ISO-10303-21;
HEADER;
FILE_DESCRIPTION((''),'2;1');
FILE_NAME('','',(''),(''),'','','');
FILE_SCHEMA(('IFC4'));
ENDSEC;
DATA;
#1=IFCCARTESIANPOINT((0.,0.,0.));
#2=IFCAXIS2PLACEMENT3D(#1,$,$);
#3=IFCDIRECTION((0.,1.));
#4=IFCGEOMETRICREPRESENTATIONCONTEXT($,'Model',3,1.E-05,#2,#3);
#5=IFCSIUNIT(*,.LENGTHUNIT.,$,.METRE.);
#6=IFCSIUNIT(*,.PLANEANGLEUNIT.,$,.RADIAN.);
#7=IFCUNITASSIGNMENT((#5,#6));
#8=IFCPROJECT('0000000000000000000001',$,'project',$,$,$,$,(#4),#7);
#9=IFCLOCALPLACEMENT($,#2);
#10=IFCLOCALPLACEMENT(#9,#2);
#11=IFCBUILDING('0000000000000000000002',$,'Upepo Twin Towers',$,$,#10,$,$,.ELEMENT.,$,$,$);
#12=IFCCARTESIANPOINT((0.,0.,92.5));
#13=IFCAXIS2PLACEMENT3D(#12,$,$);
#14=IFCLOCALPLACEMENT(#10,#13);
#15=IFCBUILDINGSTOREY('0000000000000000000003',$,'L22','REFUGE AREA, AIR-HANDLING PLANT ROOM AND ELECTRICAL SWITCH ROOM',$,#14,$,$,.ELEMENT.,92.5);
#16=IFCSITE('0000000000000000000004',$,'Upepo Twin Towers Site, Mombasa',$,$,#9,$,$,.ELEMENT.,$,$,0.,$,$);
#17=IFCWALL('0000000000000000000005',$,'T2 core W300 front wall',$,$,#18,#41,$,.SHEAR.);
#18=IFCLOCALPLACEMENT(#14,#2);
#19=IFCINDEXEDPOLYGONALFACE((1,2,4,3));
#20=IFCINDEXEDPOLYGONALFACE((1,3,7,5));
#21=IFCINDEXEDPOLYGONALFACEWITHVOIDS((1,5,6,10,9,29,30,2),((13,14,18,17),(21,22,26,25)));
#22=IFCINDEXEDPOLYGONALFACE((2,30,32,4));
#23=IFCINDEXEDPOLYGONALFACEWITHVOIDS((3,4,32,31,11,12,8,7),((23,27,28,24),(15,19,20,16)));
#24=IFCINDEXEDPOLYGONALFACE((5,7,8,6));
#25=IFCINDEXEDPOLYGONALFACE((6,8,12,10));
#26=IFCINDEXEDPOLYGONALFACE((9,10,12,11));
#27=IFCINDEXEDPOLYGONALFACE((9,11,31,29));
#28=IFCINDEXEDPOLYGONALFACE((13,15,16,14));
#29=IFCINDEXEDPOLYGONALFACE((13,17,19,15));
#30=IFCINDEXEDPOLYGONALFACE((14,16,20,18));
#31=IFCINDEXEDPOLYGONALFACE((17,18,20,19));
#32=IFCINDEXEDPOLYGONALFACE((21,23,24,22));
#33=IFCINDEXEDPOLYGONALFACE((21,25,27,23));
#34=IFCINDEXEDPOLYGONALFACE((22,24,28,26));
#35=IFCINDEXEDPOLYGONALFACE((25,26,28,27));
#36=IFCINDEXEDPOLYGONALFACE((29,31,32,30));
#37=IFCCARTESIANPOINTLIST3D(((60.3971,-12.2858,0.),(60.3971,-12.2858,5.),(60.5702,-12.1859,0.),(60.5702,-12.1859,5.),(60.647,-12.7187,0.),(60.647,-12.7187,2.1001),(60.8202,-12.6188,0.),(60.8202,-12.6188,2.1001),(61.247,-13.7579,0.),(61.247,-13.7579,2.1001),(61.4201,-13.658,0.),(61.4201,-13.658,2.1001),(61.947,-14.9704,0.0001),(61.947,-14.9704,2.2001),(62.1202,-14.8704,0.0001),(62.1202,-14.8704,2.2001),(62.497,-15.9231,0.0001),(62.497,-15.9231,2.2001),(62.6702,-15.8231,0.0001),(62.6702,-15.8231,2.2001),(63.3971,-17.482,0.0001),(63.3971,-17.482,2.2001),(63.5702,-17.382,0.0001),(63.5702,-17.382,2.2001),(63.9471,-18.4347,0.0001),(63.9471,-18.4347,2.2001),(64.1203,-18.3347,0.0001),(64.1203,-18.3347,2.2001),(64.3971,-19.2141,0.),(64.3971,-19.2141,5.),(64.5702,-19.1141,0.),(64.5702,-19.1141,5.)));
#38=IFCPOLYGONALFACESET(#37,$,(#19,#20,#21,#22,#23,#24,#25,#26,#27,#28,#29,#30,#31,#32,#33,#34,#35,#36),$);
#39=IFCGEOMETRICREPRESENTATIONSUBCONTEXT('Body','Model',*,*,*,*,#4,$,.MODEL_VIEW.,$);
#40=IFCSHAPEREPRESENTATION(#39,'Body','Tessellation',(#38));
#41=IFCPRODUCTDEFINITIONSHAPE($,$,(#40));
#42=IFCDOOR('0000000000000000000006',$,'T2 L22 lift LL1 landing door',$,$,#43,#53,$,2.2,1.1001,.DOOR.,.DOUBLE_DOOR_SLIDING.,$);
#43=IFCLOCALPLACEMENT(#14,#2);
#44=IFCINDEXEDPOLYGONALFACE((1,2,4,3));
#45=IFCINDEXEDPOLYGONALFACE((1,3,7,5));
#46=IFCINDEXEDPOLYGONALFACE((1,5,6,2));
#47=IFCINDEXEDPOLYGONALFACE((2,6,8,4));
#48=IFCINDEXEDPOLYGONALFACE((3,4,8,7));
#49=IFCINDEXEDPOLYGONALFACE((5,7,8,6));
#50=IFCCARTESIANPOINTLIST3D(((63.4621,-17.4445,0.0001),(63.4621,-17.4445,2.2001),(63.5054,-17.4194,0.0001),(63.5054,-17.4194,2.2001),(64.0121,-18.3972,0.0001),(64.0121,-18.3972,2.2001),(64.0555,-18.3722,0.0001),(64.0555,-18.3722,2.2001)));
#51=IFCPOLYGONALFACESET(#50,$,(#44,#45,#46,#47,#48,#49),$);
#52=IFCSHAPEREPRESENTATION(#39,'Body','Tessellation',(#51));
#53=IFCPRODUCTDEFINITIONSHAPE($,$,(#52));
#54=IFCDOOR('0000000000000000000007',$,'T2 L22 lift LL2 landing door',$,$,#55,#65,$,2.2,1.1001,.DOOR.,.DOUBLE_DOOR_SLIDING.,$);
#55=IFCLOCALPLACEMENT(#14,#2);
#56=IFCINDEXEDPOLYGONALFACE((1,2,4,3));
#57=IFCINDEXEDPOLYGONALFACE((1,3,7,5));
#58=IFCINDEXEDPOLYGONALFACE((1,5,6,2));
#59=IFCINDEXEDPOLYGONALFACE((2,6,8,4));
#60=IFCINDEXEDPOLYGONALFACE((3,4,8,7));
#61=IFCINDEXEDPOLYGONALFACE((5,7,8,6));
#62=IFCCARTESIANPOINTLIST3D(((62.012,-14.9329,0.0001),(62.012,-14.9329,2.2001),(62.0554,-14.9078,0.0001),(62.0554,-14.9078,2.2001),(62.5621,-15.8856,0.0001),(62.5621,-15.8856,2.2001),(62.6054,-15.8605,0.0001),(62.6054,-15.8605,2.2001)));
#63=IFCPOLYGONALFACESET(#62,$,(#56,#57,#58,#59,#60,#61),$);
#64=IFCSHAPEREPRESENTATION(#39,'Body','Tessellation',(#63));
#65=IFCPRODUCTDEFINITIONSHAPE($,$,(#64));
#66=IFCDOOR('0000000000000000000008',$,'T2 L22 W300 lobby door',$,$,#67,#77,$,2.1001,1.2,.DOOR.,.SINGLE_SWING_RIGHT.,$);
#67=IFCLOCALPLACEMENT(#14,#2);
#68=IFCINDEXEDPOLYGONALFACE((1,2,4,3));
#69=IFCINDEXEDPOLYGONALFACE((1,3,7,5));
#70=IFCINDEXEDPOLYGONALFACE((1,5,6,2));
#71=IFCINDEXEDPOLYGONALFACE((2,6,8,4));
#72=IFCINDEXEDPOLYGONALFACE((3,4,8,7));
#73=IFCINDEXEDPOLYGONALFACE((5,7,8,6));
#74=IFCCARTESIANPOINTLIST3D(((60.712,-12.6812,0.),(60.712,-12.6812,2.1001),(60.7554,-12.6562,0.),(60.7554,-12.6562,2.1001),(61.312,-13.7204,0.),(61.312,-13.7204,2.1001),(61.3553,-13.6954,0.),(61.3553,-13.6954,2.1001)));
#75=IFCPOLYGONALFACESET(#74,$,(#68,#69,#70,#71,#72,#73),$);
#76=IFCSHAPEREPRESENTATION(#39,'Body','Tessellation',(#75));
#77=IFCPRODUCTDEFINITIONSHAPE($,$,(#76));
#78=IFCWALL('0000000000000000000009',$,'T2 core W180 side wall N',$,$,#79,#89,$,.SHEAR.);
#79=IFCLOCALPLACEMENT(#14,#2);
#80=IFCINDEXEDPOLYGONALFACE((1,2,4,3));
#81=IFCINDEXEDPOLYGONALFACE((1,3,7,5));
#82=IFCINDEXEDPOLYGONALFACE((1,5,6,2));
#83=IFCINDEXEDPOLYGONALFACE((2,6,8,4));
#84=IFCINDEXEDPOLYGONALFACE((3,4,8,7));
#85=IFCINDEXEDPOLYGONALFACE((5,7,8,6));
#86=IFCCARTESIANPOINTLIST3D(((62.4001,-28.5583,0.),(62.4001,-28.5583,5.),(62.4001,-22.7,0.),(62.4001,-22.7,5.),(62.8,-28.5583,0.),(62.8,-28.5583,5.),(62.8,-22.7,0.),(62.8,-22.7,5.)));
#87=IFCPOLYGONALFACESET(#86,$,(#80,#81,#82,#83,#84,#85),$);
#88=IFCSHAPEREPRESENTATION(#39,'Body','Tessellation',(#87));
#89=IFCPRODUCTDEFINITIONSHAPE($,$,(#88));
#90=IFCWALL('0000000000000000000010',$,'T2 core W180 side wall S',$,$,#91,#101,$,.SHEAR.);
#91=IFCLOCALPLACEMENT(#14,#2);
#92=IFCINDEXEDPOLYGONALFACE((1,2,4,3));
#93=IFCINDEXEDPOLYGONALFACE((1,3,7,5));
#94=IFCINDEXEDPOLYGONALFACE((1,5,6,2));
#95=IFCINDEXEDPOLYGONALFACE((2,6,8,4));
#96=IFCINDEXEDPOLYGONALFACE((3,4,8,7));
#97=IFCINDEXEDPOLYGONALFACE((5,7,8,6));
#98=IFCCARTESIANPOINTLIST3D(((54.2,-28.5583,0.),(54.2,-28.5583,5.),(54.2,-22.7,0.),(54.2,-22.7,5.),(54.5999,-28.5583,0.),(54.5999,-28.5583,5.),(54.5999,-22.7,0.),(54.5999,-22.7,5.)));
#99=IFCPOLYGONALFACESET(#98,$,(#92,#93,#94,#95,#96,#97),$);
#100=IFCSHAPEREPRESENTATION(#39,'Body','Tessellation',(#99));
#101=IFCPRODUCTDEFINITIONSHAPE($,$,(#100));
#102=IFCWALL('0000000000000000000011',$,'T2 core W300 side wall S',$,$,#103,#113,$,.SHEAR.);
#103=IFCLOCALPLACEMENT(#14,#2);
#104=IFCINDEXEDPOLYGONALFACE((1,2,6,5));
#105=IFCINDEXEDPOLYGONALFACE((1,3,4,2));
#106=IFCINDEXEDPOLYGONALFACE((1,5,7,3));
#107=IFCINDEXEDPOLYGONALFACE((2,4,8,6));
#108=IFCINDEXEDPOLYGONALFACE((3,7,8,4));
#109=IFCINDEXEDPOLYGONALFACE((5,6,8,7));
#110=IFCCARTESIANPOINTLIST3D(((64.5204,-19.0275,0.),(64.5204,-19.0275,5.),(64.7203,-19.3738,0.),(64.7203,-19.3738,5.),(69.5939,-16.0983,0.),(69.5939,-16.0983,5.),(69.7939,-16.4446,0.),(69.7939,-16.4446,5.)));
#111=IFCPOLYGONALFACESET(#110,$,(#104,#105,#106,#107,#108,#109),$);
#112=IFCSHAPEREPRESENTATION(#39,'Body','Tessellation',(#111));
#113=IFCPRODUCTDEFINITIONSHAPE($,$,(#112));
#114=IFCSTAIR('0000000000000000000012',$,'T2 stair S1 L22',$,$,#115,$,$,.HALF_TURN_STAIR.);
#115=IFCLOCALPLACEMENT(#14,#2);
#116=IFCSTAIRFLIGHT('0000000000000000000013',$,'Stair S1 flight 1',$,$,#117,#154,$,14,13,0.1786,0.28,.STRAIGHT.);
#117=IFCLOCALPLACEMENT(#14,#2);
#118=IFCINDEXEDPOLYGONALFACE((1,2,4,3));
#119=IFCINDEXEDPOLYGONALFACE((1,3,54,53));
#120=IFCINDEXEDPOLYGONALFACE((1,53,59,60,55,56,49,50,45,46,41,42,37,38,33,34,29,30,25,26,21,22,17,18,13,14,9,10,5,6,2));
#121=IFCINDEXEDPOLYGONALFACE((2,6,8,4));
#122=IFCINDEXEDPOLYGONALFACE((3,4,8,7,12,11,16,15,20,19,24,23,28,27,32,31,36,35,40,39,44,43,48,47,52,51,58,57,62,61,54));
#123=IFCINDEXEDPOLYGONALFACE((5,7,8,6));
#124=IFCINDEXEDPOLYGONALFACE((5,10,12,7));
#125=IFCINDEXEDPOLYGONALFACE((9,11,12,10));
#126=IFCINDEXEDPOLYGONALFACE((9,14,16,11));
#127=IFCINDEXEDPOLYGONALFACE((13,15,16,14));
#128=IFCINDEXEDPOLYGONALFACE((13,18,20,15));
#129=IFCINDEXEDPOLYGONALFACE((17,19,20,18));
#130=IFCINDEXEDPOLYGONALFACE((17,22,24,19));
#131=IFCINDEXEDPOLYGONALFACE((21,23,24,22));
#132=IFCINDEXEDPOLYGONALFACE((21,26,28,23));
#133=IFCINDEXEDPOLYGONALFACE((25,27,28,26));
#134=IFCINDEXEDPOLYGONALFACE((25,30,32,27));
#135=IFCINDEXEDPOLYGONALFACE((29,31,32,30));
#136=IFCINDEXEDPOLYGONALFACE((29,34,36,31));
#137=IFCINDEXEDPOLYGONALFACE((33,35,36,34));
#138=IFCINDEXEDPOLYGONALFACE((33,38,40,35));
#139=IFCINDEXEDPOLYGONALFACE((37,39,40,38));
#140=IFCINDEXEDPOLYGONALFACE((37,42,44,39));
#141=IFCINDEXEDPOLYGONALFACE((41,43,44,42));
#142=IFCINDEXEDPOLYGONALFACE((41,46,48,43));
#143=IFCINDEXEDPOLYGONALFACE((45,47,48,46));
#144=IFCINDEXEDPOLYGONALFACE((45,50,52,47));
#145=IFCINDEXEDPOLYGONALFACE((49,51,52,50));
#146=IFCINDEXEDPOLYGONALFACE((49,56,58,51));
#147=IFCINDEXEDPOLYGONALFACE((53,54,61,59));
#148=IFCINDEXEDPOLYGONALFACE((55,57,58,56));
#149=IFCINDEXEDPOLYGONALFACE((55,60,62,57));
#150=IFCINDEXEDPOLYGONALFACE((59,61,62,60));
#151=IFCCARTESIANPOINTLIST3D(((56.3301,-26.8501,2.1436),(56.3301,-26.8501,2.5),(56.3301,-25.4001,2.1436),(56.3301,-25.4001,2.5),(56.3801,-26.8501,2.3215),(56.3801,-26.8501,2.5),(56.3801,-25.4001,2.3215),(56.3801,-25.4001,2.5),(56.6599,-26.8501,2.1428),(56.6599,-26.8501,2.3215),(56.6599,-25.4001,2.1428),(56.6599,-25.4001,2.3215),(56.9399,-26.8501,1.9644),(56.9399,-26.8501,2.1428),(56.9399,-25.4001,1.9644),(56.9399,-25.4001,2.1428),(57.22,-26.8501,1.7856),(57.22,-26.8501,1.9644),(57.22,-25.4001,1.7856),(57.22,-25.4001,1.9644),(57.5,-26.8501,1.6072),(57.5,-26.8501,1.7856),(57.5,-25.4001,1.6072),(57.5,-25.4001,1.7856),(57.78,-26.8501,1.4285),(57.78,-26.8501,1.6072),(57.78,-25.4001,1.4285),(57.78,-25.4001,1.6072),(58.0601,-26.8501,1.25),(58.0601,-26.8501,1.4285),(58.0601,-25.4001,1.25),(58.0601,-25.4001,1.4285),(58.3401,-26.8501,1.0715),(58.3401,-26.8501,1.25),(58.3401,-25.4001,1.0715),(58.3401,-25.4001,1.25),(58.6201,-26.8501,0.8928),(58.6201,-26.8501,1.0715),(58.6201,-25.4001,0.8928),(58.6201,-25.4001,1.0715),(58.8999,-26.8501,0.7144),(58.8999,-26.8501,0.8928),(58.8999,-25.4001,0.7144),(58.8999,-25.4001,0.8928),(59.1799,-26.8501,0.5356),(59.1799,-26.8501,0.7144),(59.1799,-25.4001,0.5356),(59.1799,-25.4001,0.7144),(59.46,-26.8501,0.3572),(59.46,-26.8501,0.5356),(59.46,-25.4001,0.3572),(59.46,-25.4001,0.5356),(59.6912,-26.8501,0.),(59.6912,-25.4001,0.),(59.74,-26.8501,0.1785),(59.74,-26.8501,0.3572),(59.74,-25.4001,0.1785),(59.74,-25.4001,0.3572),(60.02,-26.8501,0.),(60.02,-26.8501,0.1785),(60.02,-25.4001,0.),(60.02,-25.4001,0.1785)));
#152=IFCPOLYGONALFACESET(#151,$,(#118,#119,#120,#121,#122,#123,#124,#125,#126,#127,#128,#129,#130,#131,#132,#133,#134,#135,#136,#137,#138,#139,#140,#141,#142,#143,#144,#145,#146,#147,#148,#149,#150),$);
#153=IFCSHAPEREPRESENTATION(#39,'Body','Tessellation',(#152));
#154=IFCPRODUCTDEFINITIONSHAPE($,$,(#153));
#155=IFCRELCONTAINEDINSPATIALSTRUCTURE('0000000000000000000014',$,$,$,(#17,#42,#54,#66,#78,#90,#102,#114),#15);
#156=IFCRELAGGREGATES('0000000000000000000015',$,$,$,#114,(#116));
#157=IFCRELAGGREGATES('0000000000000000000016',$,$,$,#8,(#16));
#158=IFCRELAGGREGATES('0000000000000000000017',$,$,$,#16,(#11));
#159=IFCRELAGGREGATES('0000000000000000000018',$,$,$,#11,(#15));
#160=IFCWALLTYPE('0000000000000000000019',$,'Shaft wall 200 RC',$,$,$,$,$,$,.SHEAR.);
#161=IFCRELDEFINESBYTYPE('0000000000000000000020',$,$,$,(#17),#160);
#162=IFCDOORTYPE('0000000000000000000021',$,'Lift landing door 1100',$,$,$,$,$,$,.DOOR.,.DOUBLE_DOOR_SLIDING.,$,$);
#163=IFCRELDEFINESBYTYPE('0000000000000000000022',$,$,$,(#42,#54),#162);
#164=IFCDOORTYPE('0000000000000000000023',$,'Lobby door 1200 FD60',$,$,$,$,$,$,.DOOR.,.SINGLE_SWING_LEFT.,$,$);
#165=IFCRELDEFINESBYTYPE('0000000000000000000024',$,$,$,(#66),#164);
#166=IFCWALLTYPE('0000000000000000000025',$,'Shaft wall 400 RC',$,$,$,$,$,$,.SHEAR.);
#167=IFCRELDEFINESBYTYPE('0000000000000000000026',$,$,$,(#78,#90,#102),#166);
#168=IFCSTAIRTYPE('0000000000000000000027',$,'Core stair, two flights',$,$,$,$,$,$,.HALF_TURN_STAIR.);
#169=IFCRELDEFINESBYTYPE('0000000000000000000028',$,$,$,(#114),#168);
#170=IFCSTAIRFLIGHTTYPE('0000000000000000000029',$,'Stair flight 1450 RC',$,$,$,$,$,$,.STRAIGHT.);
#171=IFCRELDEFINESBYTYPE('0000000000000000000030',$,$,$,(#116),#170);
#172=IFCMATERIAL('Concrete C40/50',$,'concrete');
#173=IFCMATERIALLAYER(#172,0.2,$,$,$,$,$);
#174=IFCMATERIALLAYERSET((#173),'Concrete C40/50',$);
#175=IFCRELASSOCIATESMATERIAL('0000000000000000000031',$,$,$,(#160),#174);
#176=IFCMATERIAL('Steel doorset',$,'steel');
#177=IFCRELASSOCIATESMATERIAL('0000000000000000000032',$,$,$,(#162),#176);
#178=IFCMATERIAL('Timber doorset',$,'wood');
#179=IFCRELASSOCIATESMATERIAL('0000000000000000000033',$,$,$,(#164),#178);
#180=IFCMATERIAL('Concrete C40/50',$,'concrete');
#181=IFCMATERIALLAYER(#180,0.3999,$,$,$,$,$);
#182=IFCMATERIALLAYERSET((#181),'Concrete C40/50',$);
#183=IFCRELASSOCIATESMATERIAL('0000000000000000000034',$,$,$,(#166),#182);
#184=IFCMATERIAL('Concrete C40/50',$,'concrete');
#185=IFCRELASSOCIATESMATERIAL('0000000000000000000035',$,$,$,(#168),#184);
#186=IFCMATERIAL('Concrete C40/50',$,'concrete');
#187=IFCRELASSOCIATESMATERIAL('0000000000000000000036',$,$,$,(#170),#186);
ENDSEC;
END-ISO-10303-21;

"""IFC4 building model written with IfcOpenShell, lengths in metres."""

from ifc_helpers import new_model, si_unit, direction, frame, frame_2d, origin, place, context, subcontext, project, spatial, polyline, rectangle, outline, extrude, material, layer, layer_set, type_object, element, fill, aggregate, save


model = new_model("IFC4")

# Units and contexts
model_context = context("Model", 3, precision=1e-05, world=origin(), true_north=direction((0.0, 1.0)))
body_context = subcontext(model_context, "Body", "Model", "MODEL_VIEW")
ifc_project = project(units=[si_unit("LENGTHUNIT", "METRE"), si_unit("PLANEANGLEUNIT", "RADIAN")], contexts=[model_context])

# Site, building, storey
site_placement = place(None, origin())
site = spatial("IfcSite", under=ifc_project, at=site_placement, Name="Upepo Twin Towers Site, Mombasa", CompositionType="ELEMENT", RefElevation=0.0)
building_placement = place(site_placement, origin())
building = spatial("IfcBuilding", under=site, at=building_placement, Name="Upepo Twin Towers", CompositionType="ELEMENT")
storey_placement = place(building_placement, frame((0.0, 0.0, 92.5)))
storey = spatial("IfcBuildingStorey", under=building, at=storey_placement, Name="L22", Description="REFUGE AREA, AIR-HANDLING PLANT ROOM AND ELECTRICAL SWITCH ROOM", CompositionType="ELEMENT", Elevation=92.5)

# Shared definitions
ifc_material_1 = material(Name="Concrete C40/50", Category="concrete")
ifc_layer_1 = layer(ifc_material_1, 0.2)
ifc_layer_set_1 = layer_set([ifc_layer_1], Name="Concrete C40/50")
wall_type_1 = type_object("IfcWallType", Name="Shaft wall 200 RC", PredefinedType="SHEAR", material=ifc_layer_set_1)
ifc_material_2 = material(Name="Steel doorset", Category="steel")
door_type_1 = type_object("IfcDoorType", Name="Lift landing door 1100", OperationType="DOUBLE_DOOR_SLIDING", PredefinedType="DOOR", material=ifc_material_2)
ifc_material_3 = material(Name="Timber doorset", Category="wood")
door_type_2 = type_object("IfcDoorType", Name="Lobby door 1200 FD60", OperationType="SINGLE_SWING_LEFT", PredefinedType="DOOR", material=ifc_material_3)

# Wall, openings, doors
wall_1_placement = place(storey_placement, frame((64.4836, -19.1641, 0.0), z_axis=(0.0, 0.0, 1.0), x_axis=(-0.499999, 0.866026, 0.0)))
wall_1 = element("IfcWall", 1, at=wall_1_placement, inside=storey, type_object=wall_type_1, Name="T2 core W300 front wall", PredefinedType="SHEAR", context=body_context, shape_type="SweptSolid", body=[
    extrude(rectangle(XDim=8.0, YDim=0.2, at=frame_2d((4.0, 0.0))), origin(), (0.0, 0.0, 1.0), 5.0),
])
opening_1_placement = place(wall_1_placement, frame((6.3, 0.0, 0.0)))
opening_1 = element("IfcOpeningElement", 2, at=opening_1_placement, cuts=wall_1, PredefinedType="OPENING", context=body_context, shape_type="SweptSolid", body=[
    extrude(rectangle(XDim=1.2, YDim=2.1001, at=frame_2d((0.6001, 1.05))), frame((0.0, 0.1099, 0.0), z_axis=(0.0, -1.0, 0.0), x_axis=(1.0, 0.0, 0.0)), (0.0, 0.0, 1.0), 0.22),
])
opening_2_placement = place(wall_1_placement, frame((0.8999, 0.0, 0.0)))
opening_2 = element("IfcOpeningElement", 3, at=opening_2_placement, cuts=wall_1, PredefinedType="OPENING", context=body_context, shape_type="SweptSolid", body=[
    extrude(rectangle(XDim=1.1001, YDim=2.2, at=frame_2d((0.55, 1.1001))), frame((0.0, 0.1099, 0.0), z_axis=(0.0, -1.0, 0.0), x_axis=(1.0, 0.0, 0.0)), (0.0, 0.0, 1.0), 0.22),
])
opening_3_placement = place(wall_1_placement, frame((3.8, 0.0, 0.0)))
opening_3 = element("IfcOpeningElement", 4, at=opening_3_placement, cuts=wall_1, PredefinedType="OPENING", context=body_context, shape_type="SweptSolid", body=[
    extrude(rectangle(XDim=1.1001, YDim=2.2, at=frame_2d((0.55, 1.1001))), frame((0.0, 0.1099, 0.0), z_axis=(0.0, -1.0, 0.0), x_axis=(1.0, 0.0, 0.0)), (0.0, 0.0, 1.0), 0.22),
])
door_1_placement = place(opening_2_placement, origin())
door_1 = element("IfcDoor", 5, at=door_1_placement, inside=storey, type_object=door_type_1, Name="T2 L22 lift LL1 landing door", OperationType="DOUBLE_DOOR_SLIDING", OverallHeight=2.2, OverallWidth=1.1001, PredefinedType="DOOR", context=body_context, shape_type="SweptSolid", body=[
    extrude(rectangle(XDim=1.1001, YDim=2.2, at=frame_2d((0.55, 1.1001))), frame((0.0, 0.0249, 0.0), z_axis=(0.0, -1.0, 0.0), x_axis=(1.0, 0.0, 0.0)), (0.0, 0.0, 1.0), 0.05),
])
fill(opening_2, door_1)
door_2_placement = place(opening_3_placement, origin())
door_2 = element("IfcDoor", 6, at=door_2_placement, inside=storey, type_object=door_type_1, Name="T2 L22 lift LL2 landing door", OperationType="DOUBLE_DOOR_SLIDING", OverallHeight=2.2, OverallWidth=1.1001, PredefinedType="DOOR", context=body_context, shape_type="SweptSolid", body=[
    extrude(rectangle(XDim=1.1001, YDim=2.2, at=frame_2d((0.55, 1.1001))), frame((0.0, 0.0249, 0.0), z_axis=(0.0, -1.0, 0.0), x_axis=(1.0, 0.0, 0.0)), (0.0, 0.0, 1.0), 0.05),
])
fill(opening_3, door_2)
door_3_placement = place(opening_1_placement, origin())
door_3 = element("IfcDoor", 7, at=door_3_placement, inside=storey, type_object=door_type_2, Name="T2 L22 W300 lobby door", OperationType="SINGLE_SWING_RIGHT", OverallHeight=2.1001, OverallWidth=1.2, PredefinedType="DOOR", context=body_context, shape_type="SweptSolid", body=[
    extrude(rectangle(XDim=1.2, YDim=2.1001, at=frame_2d((0.6001, 1.05))), frame((0.0, 0.0249, 0.0), z_axis=(0.0, -1.0, 0.0), x_axis=(1.0, 0.0, 0.0)), (0.0, 0.0, 1.0), 0.05),
])
fill(opening_1, door_3)

# Walls
ifc_material_4 = material(Name="Concrete C40/50", Category="concrete")
ifc_layer_2 = layer(ifc_material_4, 0.3999)
ifc_layer_set_2 = layer_set([ifc_layer_2], Name="Concrete C40/50")
wall_type_2 = type_object("IfcWallType", Name="Shaft wall 400 RC", PredefinedType="SHEAR", material=ifc_layer_set_2)
for number, where, z_axis, x_axis, name in (
    (8, (62.6001, -22.7, 0.0), (0.0, 0.0, 1.0), (0.0, -1.0, 0.0), "T2 core W180 side wall N"),
    (9, (54.3999, -22.7, 0.0), (0.0, 0.0, 1.0), (0.0, -1.0, 0.0), "T2 core W180 side wall S"),
    (10, (64.6204, -19.2007, 0.0), (0.0, 0.0, 1.0), (0.866024, 0.500003, 0.0), "T2 core W300 side wall S"),
):
    element("IfcWall", number, at=place(storey_placement, frame(where, z_axis=z_axis, x_axis=x_axis)), inside=storey, type_object=wall_type_2, Name=name, PredefinedType="SHEAR", context=body_context, shape_type="SweptSolid", body=[
        extrude(rectangle(XDim=5.8584, YDim=0.3999, at=frame_2d((2.9292, 0.0))), origin(), (0.0, 0.0, 1.0), 5.0),
    ])

# Stair, stair flight
ifc_material_5 = material(Name="Concrete C40/50", Category="concrete")
stair_type = type_object("IfcStairType", Name="Core stair, two flights", PredefinedType="HALF_TURN_STAIR", material=ifc_material_5)
stair_placement = place(storey_placement, origin())
stair = element("IfcStair", 11, at=stair_placement, inside=storey, type_object=stair_type, Name="T2 stair S1 L22", PredefinedType="HALF_TURN_STAIR")
ifc_material_6 = material(Name="Concrete C40/50", Category="concrete")
stair_flight_type = type_object("IfcStairFlightType", Name="Stair flight 1450 RC", PredefinedType="STRAIGHT", material=ifc_material_6)
stair_flight_1_placement = place(storey_placement, frame((60.02, -26.125, 0.0), z_axis=(0.0, 0.0, 1.0), x_axis=(-1.0, 0.0, 0.0)))
stair_flight_1 = element("IfcStairFlight", 12, at=stair_flight_1_placement, type_object=stair_flight_type, Name="Stair S1 flight 1", NumberOfRisers=14, NumberOfTreads=13, PredefinedType="STRAIGHT", RiserHeight=0.1786, TreadLength=0.28, context=body_context, shape_type="SweptSolid", body=[
    extrude(outline(polyline([(0.0, 0.0), (0.0, 0.1785), (0.28, 0.1785), (0.28, 0.3572), (0.5601, 0.3572), (0.5601, 0.5356), (0.8401, 0.5356), (0.8401, 0.7144), (1.1201, 0.7144), (1.1201, 0.8928), (1.3999, 0.8928), (1.3999, 1.0715), (1.6799, 1.0715), (1.6799, 1.25), (1.96, 1.25), (1.96, 1.4285), (2.24, 1.4285), (2.24, 1.6072), (2.52, 1.6072), (2.52, 1.7856), (2.8, 1.7856), (2.8, 1.9644), (3.0801, 1.9644), (3.0801, 2.1428), (3.3601, 2.1428), (3.3601, 2.3215), (3.6399, 2.3215), (3.6399, 2.5), (3.6899, 2.5), (3.6899, 2.1436), (0.3289, 0.0), (0.0, 0.0)])), frame((0.0, 0.7251, 0.0), z_axis=(0.0, -1.0, 0.0), x_axis=(1.0, 0.0, 0.0)), (0.0, 0.0, 1.0), 1.45),
])
aggregate(stair, [stair_flight_1])

save(model, "model.ifc")
